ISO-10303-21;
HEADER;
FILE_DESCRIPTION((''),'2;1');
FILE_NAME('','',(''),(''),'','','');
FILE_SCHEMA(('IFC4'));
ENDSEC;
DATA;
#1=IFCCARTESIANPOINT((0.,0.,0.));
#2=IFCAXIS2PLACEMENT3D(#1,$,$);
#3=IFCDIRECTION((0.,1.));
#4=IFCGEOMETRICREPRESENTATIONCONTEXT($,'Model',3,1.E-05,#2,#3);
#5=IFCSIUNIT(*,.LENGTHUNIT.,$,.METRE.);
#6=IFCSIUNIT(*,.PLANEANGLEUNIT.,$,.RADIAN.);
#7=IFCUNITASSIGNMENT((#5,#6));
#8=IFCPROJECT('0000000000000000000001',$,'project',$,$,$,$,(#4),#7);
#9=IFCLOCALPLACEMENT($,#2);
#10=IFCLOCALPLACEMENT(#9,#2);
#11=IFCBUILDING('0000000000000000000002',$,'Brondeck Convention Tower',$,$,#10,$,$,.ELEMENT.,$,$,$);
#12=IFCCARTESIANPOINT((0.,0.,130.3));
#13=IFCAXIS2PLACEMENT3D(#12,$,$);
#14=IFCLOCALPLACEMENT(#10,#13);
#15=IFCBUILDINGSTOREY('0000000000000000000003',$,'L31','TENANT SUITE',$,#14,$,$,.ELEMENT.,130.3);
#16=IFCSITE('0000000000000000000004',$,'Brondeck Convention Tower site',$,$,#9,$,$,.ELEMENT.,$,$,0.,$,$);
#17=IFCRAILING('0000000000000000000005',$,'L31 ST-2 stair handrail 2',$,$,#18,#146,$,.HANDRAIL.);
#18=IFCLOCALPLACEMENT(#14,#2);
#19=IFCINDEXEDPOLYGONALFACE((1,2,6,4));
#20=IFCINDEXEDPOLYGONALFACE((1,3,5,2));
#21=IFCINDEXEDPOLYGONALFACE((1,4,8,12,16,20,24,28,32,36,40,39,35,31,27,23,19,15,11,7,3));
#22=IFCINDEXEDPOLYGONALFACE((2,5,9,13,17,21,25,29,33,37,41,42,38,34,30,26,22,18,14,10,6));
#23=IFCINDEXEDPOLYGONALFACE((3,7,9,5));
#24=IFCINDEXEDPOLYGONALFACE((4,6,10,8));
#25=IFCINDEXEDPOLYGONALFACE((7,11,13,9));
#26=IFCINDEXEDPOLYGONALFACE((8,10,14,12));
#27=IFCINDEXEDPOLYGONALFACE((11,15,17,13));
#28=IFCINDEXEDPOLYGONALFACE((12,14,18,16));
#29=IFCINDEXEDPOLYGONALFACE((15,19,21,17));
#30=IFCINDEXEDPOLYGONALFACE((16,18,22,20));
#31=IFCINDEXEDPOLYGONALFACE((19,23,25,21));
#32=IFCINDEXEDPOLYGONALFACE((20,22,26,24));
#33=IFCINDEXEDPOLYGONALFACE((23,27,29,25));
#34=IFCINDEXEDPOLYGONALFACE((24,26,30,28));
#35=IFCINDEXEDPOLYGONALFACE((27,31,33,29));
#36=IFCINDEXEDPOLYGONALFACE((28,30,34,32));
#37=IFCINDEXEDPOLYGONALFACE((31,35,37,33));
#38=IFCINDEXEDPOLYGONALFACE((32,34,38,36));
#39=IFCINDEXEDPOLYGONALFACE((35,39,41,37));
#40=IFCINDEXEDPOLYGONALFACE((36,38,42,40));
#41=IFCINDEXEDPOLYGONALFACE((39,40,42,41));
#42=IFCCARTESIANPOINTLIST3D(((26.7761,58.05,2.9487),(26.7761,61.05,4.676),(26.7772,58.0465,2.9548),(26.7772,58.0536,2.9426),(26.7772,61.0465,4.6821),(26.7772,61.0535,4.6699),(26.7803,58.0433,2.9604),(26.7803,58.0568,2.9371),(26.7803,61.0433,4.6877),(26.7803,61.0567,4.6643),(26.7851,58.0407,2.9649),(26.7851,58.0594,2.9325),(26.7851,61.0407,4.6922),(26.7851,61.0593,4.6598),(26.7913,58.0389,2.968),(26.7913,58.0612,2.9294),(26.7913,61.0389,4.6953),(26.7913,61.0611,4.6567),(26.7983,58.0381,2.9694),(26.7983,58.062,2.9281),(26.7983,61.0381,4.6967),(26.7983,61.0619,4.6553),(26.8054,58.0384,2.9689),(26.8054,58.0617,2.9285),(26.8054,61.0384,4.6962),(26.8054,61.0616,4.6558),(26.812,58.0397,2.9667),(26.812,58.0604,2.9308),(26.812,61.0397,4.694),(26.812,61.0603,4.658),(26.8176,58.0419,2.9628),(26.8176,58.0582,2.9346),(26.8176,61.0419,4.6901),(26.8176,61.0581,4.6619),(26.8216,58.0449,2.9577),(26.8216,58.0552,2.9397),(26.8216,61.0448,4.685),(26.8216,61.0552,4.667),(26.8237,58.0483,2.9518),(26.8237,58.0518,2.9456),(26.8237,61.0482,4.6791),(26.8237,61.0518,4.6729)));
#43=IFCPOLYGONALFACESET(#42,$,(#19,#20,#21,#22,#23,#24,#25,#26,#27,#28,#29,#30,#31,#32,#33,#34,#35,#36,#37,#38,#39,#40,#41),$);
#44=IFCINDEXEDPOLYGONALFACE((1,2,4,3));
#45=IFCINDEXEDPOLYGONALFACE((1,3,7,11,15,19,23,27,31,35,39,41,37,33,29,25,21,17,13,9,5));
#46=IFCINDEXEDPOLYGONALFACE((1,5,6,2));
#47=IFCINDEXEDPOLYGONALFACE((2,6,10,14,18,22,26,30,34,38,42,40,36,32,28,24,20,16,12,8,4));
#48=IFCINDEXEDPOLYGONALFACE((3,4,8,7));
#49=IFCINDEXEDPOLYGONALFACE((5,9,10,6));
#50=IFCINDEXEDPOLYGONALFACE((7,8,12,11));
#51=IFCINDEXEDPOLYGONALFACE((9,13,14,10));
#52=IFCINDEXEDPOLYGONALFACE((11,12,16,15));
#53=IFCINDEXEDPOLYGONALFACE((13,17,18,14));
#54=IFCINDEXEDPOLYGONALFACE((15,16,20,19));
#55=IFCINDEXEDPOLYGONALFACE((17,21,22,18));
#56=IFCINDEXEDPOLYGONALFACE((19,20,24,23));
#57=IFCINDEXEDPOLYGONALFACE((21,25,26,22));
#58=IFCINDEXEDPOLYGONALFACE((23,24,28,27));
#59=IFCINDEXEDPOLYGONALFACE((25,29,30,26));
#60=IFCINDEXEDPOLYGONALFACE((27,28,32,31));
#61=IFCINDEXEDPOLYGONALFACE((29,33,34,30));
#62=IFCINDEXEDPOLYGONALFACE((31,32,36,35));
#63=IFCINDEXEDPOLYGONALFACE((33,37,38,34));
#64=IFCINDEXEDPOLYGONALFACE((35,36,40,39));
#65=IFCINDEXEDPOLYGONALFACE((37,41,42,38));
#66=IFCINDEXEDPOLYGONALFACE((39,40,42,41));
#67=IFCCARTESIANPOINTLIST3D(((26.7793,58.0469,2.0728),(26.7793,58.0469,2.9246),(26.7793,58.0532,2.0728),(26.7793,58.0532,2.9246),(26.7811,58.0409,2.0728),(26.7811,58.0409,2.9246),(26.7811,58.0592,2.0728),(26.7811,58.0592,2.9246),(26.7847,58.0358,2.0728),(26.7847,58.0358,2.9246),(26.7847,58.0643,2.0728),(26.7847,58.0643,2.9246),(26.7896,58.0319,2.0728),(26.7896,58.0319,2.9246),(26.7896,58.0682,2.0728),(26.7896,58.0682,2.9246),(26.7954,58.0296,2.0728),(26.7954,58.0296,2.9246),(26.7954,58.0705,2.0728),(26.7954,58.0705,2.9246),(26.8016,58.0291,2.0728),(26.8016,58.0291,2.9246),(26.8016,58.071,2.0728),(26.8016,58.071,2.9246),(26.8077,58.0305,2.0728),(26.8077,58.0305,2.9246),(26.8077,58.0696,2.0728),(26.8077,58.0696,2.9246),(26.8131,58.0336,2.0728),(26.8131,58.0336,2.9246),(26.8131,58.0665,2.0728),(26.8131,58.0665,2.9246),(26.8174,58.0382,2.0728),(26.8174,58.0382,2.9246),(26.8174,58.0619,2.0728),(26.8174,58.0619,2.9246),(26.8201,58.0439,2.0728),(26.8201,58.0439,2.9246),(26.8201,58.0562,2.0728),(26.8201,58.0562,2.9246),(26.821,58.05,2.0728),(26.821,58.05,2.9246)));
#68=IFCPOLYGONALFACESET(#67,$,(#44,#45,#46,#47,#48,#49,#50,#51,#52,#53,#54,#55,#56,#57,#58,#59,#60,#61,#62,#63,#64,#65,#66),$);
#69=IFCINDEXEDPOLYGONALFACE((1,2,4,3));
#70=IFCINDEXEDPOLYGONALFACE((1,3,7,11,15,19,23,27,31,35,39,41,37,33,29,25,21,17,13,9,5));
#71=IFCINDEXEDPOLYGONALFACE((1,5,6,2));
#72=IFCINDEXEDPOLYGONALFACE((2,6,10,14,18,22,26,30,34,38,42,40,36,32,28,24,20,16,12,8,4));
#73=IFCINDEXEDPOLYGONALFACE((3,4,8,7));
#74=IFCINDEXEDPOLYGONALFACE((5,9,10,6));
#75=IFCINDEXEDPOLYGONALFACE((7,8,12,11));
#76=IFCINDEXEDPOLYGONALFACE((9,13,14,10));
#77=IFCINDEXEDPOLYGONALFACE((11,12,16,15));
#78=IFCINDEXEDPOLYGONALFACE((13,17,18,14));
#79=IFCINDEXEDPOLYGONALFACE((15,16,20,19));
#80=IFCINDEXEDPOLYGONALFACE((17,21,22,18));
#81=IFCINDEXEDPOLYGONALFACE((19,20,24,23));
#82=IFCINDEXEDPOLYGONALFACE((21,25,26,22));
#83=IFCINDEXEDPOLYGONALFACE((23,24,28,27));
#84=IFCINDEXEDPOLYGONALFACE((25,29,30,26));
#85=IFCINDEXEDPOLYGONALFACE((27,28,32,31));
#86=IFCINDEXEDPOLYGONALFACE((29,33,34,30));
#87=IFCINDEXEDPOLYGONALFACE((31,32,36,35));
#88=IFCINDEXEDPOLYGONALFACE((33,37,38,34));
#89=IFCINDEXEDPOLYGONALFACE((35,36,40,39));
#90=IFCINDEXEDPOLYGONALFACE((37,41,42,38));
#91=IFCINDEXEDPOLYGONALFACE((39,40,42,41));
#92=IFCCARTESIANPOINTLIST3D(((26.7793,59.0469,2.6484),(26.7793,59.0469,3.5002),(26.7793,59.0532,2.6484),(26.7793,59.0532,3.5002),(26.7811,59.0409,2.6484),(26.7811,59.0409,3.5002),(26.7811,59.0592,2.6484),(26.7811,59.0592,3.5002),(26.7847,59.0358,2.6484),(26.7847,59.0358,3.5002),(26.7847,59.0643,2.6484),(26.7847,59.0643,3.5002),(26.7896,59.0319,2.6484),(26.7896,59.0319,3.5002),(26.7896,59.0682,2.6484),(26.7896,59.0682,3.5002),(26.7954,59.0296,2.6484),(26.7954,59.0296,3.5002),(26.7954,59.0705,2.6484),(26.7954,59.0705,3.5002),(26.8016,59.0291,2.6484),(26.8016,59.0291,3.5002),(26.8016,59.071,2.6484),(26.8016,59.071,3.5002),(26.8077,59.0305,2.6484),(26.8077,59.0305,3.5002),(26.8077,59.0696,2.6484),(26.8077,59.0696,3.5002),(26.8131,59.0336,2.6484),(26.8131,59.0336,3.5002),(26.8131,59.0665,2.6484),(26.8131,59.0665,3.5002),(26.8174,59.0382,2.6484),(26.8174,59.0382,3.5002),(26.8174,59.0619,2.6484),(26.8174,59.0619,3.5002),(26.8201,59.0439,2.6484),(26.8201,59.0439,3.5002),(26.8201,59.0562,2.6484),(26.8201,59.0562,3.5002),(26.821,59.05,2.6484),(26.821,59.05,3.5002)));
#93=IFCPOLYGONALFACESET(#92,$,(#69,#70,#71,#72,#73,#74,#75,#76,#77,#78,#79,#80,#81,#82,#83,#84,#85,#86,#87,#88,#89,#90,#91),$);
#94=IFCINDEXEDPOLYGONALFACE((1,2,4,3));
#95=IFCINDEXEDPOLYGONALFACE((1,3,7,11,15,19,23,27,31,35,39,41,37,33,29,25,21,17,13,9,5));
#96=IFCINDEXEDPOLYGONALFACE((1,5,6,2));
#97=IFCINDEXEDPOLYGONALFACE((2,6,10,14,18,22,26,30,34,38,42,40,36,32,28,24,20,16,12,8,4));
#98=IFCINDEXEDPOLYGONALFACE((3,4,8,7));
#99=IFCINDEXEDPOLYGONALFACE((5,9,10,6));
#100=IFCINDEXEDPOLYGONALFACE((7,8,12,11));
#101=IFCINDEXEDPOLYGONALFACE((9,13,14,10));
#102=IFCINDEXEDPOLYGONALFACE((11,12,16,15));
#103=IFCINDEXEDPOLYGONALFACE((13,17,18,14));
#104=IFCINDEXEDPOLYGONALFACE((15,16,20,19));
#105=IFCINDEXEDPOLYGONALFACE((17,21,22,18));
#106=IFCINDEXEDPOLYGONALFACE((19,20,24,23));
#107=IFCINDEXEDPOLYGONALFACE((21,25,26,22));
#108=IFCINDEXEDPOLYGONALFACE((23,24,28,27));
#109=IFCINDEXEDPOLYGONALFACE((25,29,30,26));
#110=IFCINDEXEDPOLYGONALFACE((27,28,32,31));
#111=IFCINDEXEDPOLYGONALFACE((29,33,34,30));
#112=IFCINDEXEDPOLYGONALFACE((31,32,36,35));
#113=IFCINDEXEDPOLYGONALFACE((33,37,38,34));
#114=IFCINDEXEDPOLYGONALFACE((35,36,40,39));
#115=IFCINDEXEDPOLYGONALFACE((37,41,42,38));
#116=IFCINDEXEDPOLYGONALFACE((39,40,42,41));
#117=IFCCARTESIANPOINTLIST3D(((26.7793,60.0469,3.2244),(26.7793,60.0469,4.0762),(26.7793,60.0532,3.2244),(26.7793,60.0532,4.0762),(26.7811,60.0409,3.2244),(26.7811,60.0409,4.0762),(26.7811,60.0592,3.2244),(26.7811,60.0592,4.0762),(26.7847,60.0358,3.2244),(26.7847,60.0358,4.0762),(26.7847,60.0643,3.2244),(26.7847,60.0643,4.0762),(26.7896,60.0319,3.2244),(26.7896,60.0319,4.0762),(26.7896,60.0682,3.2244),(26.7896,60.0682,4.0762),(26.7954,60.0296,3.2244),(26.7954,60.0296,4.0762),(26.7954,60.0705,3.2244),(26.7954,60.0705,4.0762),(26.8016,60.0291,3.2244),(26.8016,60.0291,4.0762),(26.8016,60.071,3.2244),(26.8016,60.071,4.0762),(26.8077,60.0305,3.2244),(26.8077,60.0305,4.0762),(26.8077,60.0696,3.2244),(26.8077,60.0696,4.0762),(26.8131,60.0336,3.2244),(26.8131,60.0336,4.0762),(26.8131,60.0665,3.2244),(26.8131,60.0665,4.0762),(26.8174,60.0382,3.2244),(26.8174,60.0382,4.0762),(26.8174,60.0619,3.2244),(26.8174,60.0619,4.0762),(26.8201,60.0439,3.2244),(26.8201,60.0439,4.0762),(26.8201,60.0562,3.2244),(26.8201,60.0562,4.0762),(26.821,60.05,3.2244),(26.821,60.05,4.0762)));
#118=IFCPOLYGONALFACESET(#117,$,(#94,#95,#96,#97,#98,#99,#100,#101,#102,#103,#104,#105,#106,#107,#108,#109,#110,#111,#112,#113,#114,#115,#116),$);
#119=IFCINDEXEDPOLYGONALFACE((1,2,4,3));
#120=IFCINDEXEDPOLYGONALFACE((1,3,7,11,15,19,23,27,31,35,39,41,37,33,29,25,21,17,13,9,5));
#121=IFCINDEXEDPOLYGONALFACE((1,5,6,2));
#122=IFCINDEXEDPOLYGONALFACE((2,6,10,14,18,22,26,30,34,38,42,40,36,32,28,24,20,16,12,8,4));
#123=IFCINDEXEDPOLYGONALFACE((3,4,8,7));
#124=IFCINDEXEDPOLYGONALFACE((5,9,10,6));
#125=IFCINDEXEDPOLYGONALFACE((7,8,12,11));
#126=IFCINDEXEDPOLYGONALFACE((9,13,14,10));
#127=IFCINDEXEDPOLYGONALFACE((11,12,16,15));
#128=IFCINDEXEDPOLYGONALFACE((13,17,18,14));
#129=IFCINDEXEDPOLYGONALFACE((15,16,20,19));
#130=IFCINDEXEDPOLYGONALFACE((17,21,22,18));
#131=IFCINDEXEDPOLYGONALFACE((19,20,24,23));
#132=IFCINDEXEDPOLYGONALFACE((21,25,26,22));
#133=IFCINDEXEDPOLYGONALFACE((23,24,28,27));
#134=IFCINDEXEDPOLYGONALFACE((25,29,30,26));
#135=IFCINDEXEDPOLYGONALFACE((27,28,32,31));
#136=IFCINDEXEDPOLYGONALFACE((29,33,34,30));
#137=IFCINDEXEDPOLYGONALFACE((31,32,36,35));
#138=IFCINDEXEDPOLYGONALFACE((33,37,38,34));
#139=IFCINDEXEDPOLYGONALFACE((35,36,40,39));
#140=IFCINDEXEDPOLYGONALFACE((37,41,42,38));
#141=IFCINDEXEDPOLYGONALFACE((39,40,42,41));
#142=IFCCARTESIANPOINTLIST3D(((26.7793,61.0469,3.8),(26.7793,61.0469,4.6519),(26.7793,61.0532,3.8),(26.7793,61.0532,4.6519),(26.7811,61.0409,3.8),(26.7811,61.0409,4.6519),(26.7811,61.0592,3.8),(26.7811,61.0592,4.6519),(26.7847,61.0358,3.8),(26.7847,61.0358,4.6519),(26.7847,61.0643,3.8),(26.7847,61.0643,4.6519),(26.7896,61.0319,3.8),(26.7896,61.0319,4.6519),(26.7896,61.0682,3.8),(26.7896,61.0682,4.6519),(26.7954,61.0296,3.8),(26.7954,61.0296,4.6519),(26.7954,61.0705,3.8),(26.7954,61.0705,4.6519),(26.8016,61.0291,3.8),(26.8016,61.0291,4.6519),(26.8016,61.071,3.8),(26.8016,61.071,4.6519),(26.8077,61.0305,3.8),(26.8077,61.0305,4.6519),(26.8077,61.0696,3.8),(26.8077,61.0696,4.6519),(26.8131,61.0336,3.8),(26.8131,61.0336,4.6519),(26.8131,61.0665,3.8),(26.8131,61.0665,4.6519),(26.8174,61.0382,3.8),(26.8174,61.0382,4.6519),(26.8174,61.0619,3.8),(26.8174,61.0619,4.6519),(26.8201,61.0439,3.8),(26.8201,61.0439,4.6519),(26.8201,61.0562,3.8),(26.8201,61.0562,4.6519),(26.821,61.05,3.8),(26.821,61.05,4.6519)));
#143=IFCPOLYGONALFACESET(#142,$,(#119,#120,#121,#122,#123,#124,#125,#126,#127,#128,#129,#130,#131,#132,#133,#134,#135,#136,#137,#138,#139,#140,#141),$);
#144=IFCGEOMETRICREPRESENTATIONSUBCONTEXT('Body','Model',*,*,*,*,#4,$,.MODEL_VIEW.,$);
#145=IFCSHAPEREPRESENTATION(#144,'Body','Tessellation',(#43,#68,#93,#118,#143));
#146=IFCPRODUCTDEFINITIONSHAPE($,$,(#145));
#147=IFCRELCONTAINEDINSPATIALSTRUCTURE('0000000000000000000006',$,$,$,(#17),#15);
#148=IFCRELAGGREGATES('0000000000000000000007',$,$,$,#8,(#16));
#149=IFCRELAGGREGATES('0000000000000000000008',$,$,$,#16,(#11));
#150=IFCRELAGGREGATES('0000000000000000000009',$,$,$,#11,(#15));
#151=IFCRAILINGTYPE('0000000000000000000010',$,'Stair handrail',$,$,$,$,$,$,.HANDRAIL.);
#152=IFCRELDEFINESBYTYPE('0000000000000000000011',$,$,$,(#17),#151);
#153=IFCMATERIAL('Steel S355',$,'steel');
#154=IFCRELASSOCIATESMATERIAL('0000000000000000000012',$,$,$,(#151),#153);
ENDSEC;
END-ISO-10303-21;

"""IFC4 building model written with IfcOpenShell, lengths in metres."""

from ifc_helpers import new_model, si_unit, direction, frame, origin, origin_2d, place, context, subcontext, project, spatial, circle, extrude, material, type_object, element, save


model = new_model("IFC4")

# Units and contexts
model_context = context("Model", 3, precision=1e-05, world=origin(), true_north=direction((0.0, 1.0)))
body_context = subcontext(model_context, "Body", "Model", "MODEL_VIEW")
ifc_project = project(units=[si_unit("LENGTHUNIT", "METRE"), si_unit("PLANEANGLEUNIT", "RADIAN")], contexts=[model_context])

# Site, building, storey
site_placement = place(None, origin())
site = spatial("IfcSite", under=ifc_project, at=site_placement, Name="Brondeck Convention Tower site", CompositionType="ELEMENT", RefElevation=0.0)
building_placement = place(site_placement, origin())
building = spatial("IfcBuilding", under=site, at=building_placement, Name="Brondeck Convention Tower", CompositionType="ELEMENT")
storey_placement = place(building_placement, frame((0.0, 0.0, 130.3)))
storey = spatial("IfcBuildingStorey", under=building, at=storey_placement, Name="L31", Description="TENANT SUITE", CompositionType="ELEMENT", Elevation=130.3)

# Shared definitions
ifc_material_1 = material(Name="Steel S355", Category="steel")

# Railing
railing_type_1 = type_object("IfcRailingType", Name="Stair handrail", PredefinedType="HANDRAIL", material=ifc_material_1)
railing_1_placement = place(storey_placement, frame((26.8, 58.05, 2.0728)))
element("IfcRailing", 1, at=railing_1_placement, inside=storey, type_object=railing_type_1, Name="L31 ST-2 stair handrail 2", PredefinedType="HANDRAIL", context=body_context, shape_type="SweptSolid", body=[
    extrude(circle(Radius=0.0239, at=origin_2d()), frame((0.0, 0.0, 0.876), z_axis=(0.0, 0.86662, 0.498969), x_axis=(-1.0, 0.0, 0.0)), (0.0, 0.0, 1.0), 3.4617),
    extrude(circle(Radius=0.021, at=origin_2d()), origin(), (0.0, 0.0, 1.0), 0.8518),
    extrude(circle(Radius=0.021, at=origin_2d()), frame((0.0, 1.0, 0.5757)), (0.0, 0.0, 1.0), 0.8518),
    extrude(circle(Radius=0.021, at=origin_2d()), frame((0.0, 2.0, 1.1516)), (0.0, 0.0, 1.0), 0.8518),
    extrude(circle(Radius=0.021, at=origin_2d()), frame((0.0, 3.0, 1.7273)), (0.0, 0.0, 1.0), 0.8518),
])

save(model, "model.ifc")
